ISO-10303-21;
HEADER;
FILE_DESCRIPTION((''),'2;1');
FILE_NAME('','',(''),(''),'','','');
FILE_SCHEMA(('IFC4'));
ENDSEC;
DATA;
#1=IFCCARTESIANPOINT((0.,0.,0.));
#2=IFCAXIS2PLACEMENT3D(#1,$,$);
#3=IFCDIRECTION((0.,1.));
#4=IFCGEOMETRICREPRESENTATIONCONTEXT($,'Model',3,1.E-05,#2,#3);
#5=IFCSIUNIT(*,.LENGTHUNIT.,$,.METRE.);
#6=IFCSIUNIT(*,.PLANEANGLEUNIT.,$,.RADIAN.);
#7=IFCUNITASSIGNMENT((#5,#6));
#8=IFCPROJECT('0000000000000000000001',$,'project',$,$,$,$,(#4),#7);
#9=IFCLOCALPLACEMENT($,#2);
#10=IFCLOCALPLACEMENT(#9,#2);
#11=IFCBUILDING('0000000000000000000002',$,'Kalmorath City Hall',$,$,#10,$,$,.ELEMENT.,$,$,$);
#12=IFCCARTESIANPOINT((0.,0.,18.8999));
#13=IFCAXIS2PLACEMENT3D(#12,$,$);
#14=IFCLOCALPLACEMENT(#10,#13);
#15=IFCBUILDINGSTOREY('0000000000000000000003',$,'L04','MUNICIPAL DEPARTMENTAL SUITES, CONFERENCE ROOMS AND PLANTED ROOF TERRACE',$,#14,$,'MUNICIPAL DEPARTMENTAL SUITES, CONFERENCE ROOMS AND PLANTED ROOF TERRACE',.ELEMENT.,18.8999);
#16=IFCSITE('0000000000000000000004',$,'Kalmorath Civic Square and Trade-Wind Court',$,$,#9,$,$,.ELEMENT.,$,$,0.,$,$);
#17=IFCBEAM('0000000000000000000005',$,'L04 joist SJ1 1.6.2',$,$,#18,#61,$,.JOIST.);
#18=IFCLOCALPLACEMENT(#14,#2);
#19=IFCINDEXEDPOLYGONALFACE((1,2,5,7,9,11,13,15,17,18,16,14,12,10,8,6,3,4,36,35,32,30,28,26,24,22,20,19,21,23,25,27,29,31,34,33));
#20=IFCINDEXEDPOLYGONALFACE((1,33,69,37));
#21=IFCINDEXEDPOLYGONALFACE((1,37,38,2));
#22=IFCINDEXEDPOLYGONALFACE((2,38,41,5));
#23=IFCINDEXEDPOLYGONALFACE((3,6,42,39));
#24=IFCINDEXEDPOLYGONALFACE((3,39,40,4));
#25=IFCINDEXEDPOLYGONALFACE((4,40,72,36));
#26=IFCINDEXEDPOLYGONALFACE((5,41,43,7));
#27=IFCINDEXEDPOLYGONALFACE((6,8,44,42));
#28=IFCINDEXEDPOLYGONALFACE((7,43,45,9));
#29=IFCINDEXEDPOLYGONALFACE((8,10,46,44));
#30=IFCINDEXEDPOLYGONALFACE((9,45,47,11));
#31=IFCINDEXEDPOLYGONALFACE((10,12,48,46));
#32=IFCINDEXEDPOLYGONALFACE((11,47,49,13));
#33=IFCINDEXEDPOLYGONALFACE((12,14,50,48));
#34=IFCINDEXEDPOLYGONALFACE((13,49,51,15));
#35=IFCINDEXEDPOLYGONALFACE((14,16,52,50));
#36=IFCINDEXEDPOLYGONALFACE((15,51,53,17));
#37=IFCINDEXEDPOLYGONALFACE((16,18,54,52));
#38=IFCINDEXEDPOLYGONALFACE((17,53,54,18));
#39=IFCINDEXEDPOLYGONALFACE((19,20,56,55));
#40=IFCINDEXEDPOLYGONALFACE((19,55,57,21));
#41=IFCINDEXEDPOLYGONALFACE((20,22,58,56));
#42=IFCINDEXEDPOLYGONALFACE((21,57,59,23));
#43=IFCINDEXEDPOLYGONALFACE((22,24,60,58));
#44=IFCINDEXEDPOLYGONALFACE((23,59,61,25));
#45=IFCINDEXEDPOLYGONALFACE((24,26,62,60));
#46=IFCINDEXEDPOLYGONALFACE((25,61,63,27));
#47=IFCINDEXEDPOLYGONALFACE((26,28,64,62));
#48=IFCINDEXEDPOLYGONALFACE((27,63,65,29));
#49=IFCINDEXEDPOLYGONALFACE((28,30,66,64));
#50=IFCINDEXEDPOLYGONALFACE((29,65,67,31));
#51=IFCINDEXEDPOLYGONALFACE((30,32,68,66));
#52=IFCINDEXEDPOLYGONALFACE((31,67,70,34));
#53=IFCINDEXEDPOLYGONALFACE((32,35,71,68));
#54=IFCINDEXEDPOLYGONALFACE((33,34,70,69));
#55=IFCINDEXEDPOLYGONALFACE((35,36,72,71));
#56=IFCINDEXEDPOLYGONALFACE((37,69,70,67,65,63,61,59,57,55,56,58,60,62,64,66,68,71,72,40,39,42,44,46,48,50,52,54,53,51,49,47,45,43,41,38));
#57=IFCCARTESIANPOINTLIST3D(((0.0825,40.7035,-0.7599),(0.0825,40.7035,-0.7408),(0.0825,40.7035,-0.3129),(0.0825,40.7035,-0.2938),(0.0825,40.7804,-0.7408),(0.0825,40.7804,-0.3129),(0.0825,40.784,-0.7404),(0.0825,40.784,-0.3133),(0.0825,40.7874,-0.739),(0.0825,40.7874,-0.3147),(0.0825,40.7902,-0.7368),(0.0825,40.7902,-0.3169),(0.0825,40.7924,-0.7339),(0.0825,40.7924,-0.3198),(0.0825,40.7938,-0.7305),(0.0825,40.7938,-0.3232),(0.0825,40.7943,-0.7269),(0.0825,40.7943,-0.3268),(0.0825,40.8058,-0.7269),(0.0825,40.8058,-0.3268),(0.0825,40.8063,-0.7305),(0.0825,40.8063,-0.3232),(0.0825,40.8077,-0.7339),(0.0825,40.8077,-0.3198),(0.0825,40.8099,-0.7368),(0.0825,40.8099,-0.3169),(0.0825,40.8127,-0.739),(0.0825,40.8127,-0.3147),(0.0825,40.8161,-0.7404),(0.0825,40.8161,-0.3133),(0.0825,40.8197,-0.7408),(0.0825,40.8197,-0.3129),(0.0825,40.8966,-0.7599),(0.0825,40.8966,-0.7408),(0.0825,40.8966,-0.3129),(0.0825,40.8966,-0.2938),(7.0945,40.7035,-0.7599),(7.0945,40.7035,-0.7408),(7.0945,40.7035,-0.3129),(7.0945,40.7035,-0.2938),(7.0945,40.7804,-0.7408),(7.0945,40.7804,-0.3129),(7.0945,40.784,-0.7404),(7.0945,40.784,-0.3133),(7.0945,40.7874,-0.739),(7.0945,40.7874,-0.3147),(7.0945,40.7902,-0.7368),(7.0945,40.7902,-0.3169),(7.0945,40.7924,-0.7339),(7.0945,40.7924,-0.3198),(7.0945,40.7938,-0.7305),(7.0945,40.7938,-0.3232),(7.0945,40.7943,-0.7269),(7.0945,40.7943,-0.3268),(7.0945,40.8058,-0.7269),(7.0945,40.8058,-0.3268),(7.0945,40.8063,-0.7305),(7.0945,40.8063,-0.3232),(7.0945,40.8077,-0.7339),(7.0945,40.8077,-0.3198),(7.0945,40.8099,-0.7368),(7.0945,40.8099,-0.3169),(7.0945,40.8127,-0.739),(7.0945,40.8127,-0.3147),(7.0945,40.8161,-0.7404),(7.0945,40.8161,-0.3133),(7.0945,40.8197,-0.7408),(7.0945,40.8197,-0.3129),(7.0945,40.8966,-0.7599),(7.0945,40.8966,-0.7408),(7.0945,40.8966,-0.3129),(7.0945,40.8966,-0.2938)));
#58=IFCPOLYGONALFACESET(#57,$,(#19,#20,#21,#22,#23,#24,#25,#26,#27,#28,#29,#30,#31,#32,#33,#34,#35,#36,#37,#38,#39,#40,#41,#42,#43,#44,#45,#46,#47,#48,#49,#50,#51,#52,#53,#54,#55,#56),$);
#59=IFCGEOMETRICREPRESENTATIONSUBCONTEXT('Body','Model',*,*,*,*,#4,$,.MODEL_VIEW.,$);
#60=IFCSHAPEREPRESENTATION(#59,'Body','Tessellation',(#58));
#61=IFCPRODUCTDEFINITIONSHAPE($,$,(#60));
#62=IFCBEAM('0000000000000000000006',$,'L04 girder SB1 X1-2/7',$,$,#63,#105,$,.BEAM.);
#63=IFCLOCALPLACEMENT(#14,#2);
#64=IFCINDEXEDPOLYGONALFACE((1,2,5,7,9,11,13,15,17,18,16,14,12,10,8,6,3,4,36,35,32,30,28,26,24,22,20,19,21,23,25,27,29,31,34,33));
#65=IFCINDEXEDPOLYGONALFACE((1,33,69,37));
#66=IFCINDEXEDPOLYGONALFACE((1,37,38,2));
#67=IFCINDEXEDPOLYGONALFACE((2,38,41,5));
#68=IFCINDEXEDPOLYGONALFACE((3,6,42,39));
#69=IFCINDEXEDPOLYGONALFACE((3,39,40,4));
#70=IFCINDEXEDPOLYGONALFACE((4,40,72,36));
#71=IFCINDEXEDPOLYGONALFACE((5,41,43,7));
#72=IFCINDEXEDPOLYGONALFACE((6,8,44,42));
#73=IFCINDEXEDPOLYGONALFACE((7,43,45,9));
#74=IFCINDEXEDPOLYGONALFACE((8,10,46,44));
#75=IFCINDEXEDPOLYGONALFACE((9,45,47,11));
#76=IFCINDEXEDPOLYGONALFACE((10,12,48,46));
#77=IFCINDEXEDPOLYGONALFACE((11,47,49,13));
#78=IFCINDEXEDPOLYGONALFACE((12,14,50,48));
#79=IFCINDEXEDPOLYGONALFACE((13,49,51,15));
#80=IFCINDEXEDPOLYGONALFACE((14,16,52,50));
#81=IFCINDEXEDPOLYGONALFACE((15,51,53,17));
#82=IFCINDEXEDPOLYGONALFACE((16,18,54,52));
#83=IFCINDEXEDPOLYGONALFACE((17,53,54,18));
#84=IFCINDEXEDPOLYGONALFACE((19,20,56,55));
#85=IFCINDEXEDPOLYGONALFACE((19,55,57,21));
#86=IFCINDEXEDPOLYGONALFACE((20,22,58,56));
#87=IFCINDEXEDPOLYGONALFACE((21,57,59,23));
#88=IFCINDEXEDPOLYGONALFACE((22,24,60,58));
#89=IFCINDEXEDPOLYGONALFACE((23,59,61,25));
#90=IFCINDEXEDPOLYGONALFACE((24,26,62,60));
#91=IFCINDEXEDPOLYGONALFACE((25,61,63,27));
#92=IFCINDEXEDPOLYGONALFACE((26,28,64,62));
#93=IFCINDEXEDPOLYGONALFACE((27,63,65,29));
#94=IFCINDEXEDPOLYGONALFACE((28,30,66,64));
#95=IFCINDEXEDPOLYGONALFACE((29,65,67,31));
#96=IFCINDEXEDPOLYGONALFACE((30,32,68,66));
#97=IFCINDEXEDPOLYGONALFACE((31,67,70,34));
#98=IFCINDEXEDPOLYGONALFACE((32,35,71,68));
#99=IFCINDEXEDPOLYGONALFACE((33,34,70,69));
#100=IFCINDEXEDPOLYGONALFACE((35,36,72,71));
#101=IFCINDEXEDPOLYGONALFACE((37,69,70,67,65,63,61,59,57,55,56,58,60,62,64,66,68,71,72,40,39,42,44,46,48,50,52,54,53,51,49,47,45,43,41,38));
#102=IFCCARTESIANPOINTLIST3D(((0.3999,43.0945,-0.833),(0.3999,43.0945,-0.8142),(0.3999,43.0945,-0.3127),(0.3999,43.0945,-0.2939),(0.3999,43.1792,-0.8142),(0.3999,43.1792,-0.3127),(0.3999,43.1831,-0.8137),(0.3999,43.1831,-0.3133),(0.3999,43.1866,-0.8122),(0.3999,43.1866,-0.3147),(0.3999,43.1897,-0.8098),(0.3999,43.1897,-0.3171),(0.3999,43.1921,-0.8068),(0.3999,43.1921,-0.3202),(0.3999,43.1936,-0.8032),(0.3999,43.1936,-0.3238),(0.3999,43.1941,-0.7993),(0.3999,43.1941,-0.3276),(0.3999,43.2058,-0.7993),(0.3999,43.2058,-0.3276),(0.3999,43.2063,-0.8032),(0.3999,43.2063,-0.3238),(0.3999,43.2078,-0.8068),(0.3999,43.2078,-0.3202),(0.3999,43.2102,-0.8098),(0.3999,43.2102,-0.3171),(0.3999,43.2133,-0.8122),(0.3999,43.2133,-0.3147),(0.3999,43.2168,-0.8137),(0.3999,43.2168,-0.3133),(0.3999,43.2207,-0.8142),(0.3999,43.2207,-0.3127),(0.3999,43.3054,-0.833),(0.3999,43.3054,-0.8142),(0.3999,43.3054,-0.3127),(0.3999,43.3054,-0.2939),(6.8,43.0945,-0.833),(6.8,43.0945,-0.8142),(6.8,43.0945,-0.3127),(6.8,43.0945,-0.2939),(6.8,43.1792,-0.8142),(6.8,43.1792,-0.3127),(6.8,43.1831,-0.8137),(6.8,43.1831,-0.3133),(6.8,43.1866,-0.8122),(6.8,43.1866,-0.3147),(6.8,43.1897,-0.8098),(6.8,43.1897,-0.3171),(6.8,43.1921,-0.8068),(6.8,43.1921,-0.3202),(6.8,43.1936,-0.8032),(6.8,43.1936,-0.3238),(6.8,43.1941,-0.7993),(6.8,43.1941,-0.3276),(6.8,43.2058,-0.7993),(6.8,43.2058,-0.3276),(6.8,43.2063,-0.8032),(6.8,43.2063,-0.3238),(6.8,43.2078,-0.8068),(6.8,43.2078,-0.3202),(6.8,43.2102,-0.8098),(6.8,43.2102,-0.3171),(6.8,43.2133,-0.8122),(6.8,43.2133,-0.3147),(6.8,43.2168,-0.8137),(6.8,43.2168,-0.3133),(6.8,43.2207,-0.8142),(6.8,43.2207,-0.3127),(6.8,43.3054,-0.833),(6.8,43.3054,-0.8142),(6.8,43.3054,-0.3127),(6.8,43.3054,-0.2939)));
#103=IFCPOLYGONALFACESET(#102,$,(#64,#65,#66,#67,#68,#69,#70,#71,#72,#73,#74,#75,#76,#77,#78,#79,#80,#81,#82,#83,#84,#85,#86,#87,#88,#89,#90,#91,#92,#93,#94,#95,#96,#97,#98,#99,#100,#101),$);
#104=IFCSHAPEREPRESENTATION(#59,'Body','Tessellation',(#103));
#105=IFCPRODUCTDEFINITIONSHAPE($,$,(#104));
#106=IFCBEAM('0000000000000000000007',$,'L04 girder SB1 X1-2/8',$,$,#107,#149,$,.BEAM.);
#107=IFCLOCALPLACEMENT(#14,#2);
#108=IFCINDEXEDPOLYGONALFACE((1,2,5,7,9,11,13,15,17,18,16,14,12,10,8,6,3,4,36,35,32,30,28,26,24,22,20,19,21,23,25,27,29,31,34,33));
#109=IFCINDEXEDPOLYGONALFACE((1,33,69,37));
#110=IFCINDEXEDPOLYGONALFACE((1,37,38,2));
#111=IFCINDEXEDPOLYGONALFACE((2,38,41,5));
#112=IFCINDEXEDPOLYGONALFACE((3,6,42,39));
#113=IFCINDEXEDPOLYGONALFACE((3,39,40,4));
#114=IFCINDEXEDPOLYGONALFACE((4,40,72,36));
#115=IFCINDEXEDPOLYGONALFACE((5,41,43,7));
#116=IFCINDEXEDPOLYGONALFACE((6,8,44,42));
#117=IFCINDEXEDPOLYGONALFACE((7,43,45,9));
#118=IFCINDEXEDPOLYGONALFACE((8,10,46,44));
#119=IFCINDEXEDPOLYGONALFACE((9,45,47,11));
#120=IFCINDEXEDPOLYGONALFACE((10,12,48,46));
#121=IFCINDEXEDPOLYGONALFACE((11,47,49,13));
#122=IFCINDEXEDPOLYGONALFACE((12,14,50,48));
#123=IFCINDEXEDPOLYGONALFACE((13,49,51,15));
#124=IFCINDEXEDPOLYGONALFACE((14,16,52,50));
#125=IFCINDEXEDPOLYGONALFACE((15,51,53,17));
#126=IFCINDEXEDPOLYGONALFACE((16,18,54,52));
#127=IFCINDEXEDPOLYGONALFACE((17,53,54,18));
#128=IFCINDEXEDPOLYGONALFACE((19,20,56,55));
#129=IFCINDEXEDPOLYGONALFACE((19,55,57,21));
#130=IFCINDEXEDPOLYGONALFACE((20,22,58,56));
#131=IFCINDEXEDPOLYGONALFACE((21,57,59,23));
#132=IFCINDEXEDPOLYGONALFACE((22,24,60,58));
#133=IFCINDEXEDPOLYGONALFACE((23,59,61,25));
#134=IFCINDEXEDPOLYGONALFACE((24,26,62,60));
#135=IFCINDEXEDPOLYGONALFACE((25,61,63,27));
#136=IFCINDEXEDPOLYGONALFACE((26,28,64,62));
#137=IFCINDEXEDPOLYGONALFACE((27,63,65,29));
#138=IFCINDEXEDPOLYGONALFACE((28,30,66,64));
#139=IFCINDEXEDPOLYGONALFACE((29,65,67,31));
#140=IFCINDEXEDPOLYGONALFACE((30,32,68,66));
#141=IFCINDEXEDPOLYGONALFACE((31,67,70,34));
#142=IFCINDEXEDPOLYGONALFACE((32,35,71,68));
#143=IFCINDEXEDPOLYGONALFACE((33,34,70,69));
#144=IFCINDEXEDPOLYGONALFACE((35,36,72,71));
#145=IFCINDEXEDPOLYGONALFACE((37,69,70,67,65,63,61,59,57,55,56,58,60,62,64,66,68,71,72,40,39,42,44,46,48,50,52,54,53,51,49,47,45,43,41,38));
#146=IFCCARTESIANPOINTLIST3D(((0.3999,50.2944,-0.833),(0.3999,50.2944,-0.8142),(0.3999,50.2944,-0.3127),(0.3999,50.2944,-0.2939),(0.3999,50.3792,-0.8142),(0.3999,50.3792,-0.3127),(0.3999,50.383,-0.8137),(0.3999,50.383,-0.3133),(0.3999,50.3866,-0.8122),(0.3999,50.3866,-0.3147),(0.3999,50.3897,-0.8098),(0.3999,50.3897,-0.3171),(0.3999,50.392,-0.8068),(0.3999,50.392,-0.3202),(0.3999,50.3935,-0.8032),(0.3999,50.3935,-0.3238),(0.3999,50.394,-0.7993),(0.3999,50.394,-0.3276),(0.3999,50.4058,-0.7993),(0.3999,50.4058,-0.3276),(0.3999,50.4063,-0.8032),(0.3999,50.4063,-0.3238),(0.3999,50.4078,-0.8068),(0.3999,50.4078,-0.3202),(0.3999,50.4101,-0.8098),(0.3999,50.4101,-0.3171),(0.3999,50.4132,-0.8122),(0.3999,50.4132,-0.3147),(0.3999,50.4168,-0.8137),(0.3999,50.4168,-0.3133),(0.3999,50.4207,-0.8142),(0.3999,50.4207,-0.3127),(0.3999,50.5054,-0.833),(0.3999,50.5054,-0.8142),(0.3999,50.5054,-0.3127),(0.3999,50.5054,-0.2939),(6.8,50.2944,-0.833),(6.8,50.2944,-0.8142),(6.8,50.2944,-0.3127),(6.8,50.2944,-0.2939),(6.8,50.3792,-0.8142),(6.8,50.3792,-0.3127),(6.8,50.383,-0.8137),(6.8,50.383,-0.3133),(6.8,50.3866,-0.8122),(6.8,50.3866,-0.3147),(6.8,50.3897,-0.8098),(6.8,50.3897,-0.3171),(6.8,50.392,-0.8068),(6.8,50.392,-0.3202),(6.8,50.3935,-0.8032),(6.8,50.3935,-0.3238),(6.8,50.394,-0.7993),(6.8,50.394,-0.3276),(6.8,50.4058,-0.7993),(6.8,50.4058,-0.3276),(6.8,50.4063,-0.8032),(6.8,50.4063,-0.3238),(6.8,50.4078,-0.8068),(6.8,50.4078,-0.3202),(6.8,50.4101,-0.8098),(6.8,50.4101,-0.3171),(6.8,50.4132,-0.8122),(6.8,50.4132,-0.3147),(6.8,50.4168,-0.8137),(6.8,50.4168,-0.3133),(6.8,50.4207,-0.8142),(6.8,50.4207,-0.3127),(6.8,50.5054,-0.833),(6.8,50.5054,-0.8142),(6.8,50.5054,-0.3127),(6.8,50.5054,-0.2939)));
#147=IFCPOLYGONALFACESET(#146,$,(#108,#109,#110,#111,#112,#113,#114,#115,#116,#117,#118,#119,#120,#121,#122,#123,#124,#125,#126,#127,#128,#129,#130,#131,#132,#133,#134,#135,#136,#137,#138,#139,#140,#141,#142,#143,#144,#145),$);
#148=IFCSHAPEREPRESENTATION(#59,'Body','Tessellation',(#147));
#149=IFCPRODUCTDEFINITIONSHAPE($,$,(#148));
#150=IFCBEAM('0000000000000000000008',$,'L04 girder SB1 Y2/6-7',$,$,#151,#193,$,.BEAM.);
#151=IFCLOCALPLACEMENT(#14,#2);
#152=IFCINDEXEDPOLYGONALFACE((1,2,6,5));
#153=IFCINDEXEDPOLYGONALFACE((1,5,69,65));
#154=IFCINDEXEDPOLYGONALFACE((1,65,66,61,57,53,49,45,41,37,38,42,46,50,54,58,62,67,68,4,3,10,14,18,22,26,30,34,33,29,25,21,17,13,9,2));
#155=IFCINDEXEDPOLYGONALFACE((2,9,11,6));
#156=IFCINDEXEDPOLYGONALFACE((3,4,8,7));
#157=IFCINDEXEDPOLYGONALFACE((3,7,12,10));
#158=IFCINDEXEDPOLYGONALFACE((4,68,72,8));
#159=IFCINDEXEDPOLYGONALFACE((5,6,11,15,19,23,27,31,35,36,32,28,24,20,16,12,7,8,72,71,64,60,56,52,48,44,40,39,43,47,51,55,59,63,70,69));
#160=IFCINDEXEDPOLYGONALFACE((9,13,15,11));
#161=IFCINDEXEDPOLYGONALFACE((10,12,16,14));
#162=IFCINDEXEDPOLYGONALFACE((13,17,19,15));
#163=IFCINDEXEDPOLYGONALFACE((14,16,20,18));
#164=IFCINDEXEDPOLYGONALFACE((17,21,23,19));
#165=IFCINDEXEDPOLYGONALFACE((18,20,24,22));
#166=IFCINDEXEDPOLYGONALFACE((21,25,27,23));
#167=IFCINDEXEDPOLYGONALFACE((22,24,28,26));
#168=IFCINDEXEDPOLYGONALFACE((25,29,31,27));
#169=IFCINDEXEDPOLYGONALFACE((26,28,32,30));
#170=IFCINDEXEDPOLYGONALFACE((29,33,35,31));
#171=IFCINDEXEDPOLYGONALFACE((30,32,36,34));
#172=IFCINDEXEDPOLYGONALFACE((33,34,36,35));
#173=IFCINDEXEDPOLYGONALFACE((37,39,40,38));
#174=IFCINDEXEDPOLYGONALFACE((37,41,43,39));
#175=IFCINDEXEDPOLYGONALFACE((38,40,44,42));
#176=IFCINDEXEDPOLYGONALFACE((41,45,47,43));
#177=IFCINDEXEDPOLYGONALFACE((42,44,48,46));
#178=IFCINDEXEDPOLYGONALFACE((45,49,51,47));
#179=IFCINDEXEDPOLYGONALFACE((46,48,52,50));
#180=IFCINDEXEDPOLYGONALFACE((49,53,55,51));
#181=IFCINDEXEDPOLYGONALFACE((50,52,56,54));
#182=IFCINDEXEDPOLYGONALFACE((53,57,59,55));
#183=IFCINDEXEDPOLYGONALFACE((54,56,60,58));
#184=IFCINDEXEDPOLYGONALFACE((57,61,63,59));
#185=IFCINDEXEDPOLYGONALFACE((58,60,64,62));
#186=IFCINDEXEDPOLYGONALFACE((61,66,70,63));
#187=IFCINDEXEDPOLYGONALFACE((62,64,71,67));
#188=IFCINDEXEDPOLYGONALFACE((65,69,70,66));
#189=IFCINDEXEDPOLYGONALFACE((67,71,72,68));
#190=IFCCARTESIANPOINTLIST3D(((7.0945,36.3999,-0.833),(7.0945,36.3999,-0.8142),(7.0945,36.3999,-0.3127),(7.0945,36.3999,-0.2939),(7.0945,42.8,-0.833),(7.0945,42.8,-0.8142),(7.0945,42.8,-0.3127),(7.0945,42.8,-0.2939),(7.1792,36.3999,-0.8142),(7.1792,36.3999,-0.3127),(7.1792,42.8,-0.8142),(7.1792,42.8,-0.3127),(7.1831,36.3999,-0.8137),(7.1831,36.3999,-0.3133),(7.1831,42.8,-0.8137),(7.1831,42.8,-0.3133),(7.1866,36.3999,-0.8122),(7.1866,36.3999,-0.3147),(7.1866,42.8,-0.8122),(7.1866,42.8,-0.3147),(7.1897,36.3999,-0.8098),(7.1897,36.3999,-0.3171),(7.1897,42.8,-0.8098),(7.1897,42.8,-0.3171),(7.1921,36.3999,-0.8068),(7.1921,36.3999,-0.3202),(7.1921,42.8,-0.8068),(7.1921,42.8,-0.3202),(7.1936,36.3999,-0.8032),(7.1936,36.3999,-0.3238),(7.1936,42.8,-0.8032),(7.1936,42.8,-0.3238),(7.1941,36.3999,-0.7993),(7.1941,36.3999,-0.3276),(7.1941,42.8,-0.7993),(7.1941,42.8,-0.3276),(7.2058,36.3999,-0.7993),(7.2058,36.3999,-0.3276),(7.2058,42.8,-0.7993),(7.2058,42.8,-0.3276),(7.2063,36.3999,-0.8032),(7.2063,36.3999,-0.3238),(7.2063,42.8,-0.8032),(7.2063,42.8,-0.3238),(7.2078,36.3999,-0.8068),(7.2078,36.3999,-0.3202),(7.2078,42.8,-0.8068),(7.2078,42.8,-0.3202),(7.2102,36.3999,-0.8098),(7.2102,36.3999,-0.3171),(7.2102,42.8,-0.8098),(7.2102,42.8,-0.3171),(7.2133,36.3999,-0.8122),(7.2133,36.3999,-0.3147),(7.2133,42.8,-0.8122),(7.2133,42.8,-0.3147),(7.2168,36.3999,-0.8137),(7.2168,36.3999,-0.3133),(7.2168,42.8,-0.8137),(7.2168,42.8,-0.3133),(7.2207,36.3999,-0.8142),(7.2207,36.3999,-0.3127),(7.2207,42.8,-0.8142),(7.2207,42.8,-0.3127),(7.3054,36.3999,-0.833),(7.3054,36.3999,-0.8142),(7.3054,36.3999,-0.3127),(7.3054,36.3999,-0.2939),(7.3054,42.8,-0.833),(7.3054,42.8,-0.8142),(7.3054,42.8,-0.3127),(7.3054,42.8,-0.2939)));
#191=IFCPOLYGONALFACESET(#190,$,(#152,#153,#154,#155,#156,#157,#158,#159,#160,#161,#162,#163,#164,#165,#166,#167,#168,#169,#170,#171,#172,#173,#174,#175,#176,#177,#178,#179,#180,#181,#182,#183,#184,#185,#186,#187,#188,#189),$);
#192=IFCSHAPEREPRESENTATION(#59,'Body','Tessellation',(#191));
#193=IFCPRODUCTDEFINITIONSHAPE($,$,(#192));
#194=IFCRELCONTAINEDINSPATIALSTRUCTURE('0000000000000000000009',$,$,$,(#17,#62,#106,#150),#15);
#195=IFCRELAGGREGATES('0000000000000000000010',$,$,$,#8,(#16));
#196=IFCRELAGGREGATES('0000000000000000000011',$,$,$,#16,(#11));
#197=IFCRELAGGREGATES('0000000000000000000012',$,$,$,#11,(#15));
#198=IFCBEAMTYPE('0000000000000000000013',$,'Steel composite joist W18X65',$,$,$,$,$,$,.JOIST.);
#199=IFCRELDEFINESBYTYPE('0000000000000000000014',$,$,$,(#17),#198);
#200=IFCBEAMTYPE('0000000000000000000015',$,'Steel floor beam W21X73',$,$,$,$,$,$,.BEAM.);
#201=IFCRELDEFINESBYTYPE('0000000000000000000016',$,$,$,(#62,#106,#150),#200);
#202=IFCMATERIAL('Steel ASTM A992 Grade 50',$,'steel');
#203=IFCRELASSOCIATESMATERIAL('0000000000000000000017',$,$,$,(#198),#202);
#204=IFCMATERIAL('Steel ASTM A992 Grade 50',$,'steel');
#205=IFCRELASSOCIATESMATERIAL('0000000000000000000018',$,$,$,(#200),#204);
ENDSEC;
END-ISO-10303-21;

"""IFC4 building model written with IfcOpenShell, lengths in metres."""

from ifc_helpers import new_model, si_unit, direction, frame, origin, origin_2d, place, context, subcontext, project, spatial, i_section, extrude, material, material_profile, profile_set, type_object, element, save


model = new_model("IFC4")

# Units and contexts
model_context = context("Model", 3, precision=1e-05, world=origin(), true_north=direction((0.0, 1.0)))
body_context = subcontext(model_context, "Body", "Model", "MODEL_VIEW")
ifc_project = project(units=[si_unit("LENGTHUNIT", "METRE"), si_unit("PLANEANGLEUNIT", "RADIAN")], contexts=[model_context])

# Site, building, storey
site_placement = place(None, origin())
site = spatial("IfcSite", under=ifc_project, at=site_placement, Name="Kalmorath Civic Square and Trade-Wind Court", CompositionType="ELEMENT", RefElevation=0.0)
building_placement = place(site_placement, origin())
building = spatial("IfcBuilding", under=site, at=building_placement, Name="Kalmorath City Hall", CompositionType="ELEMENT")
storey_placement = place(building_placement, frame((0.0, 0.0, 18.8999)))
storey = spatial("IfcBuildingStorey", under=building, at=storey_placement, Name="L04", Description="MUNICIPAL DEPARTMENTAL SUITES, CONFERENCE ROOMS AND PLANTED ROOF TERRACE", LongName="MUNICIPAL DEPARTMENTAL SUITES, CONFERENCE ROOMS AND PLANTED ROOF TERRACE", CompositionType="ELEMENT", Elevation=18.8999)

# Beams
ifc_material_1 = material(Name="Steel ASTM A992 Grade 50", Category="steel")
ifc_material_profile_1 = material_profile(ifc_material_1, i_section(OverallWidth=0.1931, OverallDepth=0.4661, WebThickness=0.0115, FlangeThickness=0.019, FilletRadius=0.0139, at=origin_2d()), Name="W18X65")
ifc_profile_set_1 = profile_set([ifc_material_profile_1], Name="Steel ASTM A992 Grade 50")
beam_type_1 = type_object("IfcBeamType", Name="Steel composite joist W18X65", PredefinedType="JOIST", material=ifc_profile_set_1)
for number, where, z_axis, x_axis, name in (
    (1, (0.0825, 40.8, -0.5269), (1.0, 0.0, 0.0), (0.0, 1.0, 0.0), "L04 joist SJ1 1.6.2"),
):
    element("IfcBeam", number, at=place(storey_placement, frame(where, z_axis=z_axis, x_axis=x_axis)), inside=storey, type_object=beam_type_1, Name=name, PredefinedType="JOIST", context=body_context, shape_type="SweptSolid", body=[
        extrude(i_section(OverallWidth=0.1931, OverallDepth=0.4661, WebThickness=0.0115, FlangeThickness=0.019, FilletRadius=0.0139, at=origin_2d()), origin(), (0.0, 0.0, 1.0), 7.012),
    ])
ifc_material_2 = material(Name="Steel ASTM A992 Grade 50", Category="steel")
ifc_material_profile_2 = material_profile(ifc_material_2, i_section(OverallWidth=0.2109, OverallDepth=0.5391, WebThickness=0.0117, FlangeThickness=0.0188, FilletRadius=0.0149, at=origin_2d()), Name="W21X73")
ifc_profile_set_2 = profile_set([ifc_material_profile_2], Name="Steel ASTM A992 Grade 50")
beam_type_2 = type_object("IfcBeamType", Name="Steel floor beam W21X73", PredefinedType="BEAM", material=ifc_profile_set_2)
for number, where, z_axis, x_axis, name in (
    (2, (0.3999, 43.2, -0.5635), (1.0, 0.0, 0.0), (0.0, 1.0, 0.0), "L04 girder SB1 X1-2/7"),
    (3, (0.3999, 50.3999, -0.5635), (1.0, 0.0, 0.0), (0.0, 1.0, 0.0), "L04 girder SB1 X1-2/8"),
    (4, (7.2, 36.3999, -0.5635), (0.0, 1.0, 0.0), (-1.0, 0.0, 0.0), "L04 girder SB1 Y2/6-7"),
):
    element("IfcBeam", number, at=place(storey_placement, frame(where, z_axis=z_axis, x_axis=x_axis)), inside=storey, type_object=beam_type_2, Name=name, PredefinedType="BEAM", context=body_context, shape_type="SweptSolid", body=[
        extrude(i_section(OverallWidth=0.2109, OverallDepth=0.5391, WebThickness=0.0117, FlangeThickness=0.0188, FilletRadius=0.0149, at=origin_2d()), origin(), (0.0, 0.0, 1.0), 6.4001),
    ])

save(model, "model.ifc")
